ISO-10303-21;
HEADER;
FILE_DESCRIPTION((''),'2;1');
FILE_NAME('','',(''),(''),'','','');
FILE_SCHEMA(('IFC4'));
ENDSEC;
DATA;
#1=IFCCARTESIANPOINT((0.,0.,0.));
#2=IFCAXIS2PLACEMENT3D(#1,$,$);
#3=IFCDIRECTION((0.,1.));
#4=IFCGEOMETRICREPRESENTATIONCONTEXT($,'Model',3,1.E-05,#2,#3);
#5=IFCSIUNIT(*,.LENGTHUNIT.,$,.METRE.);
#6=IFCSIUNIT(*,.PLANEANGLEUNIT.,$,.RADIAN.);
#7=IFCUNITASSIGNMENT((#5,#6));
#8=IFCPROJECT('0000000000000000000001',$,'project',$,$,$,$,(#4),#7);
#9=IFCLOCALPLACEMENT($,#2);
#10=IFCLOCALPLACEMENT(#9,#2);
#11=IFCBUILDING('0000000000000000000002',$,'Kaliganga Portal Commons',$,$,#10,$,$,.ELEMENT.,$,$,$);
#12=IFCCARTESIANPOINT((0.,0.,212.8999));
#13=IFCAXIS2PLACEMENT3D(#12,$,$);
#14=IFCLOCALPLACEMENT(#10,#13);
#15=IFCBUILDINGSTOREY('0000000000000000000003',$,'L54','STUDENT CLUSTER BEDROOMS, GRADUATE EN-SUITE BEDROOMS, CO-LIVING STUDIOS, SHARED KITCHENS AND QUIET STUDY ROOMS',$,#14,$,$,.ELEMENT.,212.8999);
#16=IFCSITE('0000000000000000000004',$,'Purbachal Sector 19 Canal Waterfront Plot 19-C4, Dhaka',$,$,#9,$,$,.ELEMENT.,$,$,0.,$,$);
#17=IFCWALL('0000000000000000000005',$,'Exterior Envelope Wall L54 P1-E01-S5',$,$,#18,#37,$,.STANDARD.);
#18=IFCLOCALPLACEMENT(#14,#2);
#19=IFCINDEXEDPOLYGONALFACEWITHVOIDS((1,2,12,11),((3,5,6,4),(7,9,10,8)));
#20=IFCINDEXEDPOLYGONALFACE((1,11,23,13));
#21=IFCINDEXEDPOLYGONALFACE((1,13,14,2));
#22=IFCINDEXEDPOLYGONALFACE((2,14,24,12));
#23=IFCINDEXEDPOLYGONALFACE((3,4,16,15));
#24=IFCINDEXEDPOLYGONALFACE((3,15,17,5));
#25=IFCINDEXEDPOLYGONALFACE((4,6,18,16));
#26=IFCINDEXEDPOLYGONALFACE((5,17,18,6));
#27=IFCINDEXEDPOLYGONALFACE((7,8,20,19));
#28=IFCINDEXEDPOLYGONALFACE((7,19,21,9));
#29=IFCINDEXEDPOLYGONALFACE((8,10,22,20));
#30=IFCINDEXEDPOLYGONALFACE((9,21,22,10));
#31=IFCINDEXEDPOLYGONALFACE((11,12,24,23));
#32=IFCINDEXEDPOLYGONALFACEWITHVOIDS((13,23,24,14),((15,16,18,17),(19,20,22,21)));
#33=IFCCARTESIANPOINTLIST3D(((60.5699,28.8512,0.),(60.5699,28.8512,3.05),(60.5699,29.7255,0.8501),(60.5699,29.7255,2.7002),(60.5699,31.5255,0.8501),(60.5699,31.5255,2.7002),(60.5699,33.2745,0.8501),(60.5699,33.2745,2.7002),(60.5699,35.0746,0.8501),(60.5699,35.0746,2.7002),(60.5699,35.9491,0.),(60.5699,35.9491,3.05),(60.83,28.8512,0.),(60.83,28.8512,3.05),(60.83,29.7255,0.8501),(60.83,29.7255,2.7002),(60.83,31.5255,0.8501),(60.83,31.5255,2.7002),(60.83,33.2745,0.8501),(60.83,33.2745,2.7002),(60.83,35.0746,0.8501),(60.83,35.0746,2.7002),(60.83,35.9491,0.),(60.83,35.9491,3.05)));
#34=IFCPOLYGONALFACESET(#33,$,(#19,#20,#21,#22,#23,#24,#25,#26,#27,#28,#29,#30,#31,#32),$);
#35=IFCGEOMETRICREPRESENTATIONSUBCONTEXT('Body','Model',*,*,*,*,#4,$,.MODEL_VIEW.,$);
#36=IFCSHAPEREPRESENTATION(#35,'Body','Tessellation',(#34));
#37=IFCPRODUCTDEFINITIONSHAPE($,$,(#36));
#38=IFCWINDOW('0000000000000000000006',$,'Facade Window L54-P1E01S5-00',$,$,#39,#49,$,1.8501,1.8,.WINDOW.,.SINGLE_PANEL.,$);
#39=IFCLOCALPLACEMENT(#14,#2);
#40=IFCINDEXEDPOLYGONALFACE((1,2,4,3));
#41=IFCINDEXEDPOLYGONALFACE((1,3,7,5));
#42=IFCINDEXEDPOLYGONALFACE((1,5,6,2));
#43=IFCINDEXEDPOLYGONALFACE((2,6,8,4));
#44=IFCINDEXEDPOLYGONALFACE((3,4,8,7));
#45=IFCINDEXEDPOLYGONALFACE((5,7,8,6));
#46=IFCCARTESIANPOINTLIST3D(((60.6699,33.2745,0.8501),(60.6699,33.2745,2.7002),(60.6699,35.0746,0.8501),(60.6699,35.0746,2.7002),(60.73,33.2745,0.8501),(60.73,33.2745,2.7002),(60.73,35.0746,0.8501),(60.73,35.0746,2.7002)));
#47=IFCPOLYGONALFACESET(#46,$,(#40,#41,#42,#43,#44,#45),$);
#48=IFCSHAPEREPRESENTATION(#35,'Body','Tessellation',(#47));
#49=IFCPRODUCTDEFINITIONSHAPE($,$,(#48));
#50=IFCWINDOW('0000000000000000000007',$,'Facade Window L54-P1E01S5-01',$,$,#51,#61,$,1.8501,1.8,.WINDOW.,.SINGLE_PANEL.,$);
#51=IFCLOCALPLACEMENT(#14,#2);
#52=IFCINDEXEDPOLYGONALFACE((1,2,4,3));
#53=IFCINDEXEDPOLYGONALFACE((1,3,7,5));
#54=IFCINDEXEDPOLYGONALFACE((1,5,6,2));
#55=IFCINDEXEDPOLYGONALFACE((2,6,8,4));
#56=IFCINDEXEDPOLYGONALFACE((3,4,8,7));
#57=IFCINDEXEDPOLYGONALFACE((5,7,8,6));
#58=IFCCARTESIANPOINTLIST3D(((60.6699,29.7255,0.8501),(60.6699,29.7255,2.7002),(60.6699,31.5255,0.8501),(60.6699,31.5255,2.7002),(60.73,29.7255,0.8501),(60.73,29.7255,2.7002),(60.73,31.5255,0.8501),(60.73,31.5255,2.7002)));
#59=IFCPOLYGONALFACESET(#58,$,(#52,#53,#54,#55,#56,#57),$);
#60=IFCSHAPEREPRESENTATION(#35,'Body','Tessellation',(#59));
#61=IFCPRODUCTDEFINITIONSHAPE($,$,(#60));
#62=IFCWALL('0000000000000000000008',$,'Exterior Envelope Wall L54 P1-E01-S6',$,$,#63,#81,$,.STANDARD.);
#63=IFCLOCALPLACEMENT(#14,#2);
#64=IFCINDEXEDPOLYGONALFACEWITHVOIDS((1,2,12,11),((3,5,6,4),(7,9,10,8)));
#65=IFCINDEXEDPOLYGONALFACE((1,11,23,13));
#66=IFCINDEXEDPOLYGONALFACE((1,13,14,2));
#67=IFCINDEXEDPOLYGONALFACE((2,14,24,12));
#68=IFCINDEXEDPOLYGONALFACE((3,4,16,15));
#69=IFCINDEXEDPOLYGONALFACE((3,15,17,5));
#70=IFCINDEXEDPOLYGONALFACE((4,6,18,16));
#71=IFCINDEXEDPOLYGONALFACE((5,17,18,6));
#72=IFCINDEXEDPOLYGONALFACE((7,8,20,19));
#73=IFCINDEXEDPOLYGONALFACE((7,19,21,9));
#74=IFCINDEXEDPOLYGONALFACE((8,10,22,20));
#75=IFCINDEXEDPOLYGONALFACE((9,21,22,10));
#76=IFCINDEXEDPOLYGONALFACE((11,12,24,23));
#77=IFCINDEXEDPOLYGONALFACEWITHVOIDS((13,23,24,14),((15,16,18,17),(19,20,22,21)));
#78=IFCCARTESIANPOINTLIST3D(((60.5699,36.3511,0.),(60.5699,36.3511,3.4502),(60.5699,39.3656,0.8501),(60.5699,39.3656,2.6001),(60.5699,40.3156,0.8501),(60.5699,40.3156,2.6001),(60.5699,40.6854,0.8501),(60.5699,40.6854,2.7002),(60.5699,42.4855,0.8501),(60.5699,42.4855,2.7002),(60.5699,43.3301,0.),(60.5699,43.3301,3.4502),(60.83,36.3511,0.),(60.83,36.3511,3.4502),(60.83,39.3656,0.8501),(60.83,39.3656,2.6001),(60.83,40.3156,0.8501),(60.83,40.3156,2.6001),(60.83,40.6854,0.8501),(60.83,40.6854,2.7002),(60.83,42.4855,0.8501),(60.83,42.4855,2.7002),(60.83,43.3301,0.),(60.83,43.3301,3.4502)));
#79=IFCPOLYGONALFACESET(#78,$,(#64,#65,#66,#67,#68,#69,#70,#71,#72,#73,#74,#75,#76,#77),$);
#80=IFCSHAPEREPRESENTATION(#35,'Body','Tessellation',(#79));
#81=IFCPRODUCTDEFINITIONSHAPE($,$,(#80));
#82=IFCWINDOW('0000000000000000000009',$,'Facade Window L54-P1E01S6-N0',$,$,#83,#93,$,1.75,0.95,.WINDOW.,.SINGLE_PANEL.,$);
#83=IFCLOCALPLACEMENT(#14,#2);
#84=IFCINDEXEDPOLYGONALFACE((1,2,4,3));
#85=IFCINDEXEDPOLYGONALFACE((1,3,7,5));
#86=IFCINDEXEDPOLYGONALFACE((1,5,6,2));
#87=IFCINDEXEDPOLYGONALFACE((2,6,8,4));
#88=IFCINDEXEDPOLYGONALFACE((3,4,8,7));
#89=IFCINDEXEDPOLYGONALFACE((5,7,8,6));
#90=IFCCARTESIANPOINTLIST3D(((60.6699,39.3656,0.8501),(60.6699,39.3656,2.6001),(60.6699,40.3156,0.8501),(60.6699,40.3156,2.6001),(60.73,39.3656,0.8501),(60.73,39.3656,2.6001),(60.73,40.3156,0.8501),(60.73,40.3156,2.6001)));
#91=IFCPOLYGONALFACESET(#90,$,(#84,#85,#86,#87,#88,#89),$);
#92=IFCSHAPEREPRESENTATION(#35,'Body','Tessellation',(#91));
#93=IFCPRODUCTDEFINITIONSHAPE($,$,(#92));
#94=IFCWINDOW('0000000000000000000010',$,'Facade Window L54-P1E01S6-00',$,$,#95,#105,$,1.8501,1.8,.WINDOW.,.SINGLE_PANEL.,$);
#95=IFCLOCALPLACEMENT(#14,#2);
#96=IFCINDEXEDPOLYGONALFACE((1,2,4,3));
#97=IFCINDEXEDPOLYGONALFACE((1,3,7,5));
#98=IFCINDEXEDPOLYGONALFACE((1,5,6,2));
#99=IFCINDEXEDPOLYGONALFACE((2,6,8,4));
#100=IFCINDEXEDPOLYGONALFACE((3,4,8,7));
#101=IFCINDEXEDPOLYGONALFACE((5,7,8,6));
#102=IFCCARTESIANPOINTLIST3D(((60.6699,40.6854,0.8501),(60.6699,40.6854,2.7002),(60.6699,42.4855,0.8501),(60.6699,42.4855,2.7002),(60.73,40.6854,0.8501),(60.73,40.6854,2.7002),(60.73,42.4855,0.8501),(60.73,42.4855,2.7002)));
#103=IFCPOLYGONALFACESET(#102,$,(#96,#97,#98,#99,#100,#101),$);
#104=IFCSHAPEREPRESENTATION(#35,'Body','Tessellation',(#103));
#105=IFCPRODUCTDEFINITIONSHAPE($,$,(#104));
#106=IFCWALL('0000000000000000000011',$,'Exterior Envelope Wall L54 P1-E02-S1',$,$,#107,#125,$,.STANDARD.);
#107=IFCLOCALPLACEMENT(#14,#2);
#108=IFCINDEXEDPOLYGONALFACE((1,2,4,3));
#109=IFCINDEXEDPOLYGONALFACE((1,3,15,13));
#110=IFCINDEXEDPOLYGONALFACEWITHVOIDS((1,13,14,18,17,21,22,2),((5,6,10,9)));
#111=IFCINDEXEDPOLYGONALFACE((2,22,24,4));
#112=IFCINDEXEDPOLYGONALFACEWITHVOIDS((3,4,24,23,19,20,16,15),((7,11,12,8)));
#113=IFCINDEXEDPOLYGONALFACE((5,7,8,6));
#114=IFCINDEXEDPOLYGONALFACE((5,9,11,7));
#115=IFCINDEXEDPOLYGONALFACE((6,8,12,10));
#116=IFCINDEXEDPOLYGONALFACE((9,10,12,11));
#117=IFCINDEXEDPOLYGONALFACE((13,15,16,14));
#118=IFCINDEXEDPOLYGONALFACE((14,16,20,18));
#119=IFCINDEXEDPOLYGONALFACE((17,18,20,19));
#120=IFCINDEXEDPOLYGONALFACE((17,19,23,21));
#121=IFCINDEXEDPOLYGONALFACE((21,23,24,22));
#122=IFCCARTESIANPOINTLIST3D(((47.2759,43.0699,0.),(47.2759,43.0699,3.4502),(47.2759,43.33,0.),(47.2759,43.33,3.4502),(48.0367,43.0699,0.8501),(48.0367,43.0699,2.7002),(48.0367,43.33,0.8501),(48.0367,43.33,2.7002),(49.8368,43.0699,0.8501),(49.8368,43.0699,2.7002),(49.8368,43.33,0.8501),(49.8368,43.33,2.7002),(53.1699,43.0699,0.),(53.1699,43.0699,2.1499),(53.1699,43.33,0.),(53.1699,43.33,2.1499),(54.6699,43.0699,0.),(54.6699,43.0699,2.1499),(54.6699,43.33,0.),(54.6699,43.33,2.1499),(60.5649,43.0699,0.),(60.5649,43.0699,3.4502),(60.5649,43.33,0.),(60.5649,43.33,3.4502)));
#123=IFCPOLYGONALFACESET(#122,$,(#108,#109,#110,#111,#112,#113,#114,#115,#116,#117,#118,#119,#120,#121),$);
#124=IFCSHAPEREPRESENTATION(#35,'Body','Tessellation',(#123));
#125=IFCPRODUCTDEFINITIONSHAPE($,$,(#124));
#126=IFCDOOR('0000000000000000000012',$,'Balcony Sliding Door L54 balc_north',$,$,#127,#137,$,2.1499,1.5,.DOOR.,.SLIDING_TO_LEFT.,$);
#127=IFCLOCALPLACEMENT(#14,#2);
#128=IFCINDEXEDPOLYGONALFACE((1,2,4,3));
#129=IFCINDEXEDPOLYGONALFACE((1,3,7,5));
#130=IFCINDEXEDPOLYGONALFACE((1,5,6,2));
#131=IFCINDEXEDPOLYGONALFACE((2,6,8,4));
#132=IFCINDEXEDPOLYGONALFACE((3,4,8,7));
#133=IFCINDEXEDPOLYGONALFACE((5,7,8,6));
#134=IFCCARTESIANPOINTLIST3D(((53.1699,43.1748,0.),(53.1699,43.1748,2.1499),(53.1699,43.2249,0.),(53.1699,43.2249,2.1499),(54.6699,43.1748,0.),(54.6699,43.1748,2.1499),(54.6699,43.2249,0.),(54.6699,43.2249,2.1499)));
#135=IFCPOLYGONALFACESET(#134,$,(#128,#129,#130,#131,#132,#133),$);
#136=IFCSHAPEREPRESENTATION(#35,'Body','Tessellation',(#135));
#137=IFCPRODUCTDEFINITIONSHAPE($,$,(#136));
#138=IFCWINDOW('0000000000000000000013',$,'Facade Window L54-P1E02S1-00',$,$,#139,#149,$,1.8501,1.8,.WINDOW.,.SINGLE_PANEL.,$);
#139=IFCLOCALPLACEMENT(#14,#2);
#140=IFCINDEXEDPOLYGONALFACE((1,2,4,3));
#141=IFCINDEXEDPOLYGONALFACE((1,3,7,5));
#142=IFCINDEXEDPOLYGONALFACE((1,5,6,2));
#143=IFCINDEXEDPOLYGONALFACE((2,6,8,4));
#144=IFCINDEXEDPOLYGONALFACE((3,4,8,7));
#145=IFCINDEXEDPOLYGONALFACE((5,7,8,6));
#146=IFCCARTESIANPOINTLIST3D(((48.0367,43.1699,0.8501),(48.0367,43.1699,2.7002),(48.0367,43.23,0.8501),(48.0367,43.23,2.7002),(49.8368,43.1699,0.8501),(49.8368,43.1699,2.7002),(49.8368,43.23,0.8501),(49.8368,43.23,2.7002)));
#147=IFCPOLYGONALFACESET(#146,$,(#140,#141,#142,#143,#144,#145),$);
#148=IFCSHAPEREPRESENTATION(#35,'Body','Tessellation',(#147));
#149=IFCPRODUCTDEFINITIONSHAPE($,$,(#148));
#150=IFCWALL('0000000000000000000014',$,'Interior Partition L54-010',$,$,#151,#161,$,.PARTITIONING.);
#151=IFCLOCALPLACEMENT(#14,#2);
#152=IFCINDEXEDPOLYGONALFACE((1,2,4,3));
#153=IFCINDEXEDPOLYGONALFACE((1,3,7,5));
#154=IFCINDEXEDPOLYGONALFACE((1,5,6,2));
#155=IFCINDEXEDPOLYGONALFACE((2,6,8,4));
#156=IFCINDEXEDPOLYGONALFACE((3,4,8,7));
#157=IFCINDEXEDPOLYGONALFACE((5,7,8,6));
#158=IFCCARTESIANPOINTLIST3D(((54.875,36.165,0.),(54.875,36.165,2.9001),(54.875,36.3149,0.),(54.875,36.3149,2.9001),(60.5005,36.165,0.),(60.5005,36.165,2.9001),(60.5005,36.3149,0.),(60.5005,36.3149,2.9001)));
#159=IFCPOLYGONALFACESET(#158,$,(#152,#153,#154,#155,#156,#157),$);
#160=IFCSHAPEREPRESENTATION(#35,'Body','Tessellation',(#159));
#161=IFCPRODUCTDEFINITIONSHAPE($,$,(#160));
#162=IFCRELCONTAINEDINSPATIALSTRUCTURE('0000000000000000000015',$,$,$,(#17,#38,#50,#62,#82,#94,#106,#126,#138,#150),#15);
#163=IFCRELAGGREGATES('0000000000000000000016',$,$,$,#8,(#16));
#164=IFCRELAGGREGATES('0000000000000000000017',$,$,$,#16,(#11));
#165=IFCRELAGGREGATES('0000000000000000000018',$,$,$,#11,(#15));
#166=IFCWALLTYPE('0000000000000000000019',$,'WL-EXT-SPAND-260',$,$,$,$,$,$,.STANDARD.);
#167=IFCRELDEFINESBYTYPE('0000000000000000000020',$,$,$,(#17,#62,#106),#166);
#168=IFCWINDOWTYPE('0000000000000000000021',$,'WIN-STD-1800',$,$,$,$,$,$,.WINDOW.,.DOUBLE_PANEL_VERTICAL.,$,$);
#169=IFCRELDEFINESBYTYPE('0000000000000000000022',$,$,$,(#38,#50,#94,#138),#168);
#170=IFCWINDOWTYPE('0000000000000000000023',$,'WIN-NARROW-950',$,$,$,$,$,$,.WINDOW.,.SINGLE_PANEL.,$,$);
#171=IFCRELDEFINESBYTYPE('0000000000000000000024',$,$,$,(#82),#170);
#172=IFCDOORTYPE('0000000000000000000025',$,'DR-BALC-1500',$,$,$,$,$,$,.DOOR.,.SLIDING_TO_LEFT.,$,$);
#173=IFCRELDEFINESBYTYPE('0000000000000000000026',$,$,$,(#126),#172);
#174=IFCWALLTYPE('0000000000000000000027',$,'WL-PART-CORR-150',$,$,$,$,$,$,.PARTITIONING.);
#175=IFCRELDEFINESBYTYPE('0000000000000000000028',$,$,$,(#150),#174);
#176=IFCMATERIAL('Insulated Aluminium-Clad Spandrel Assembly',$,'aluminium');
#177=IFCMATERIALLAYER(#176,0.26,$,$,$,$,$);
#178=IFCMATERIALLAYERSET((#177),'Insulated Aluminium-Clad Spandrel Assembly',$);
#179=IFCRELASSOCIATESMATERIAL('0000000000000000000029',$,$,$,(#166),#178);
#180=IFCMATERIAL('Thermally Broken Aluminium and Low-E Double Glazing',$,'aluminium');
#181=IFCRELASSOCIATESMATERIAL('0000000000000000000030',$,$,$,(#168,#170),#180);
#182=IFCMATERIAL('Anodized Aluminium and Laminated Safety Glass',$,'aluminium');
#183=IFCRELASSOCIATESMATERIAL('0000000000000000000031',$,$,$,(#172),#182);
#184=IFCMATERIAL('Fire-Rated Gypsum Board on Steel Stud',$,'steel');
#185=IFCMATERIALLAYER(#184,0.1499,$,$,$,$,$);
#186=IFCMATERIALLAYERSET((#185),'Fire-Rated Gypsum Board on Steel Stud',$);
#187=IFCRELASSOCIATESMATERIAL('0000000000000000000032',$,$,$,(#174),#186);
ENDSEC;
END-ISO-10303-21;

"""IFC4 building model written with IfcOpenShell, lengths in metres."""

from ifc_helpers import new_model, si_unit, direction, frame, frame_2d, origin, place, context, subcontext, project, spatial, rectangle, extrude, material, layer, layer_set, type_object, element, fill, save


model = new_model("IFC4")

# Units and contexts
model_context = context("Model", 3, precision=1e-05, world=origin(), true_north=direction((0.0, 1.0)))
body_context = subcontext(model_context, "Body", "Model", "MODEL_VIEW")
ifc_project = project(units=[si_unit("LENGTHUNIT", "METRE"), si_unit("PLANEANGLEUNIT", "RADIAN")], contexts=[model_context])

# Site, building, storey
site_placement = place(None, origin())
site = spatial("IfcSite", under=ifc_project, at=site_placement, Name="Purbachal Sector 19 Canal Waterfront Plot 19-C4, Dhaka", CompositionType="ELEMENT", RefElevation=0.0)
building_placement = place(site_placement, origin())
building = spatial("IfcBuilding", under=site, at=building_placement, Name="Kaliganga Portal Commons", CompositionType="ELEMENT")
storey_placement = place(building_placement, frame((0.0, 0.0, 212.8999)))
storey = spatial("IfcBuildingStorey", under=building, at=storey_placement, Name="L54", Description="STUDENT CLUSTER BEDROOMS, GRADUATE EN-SUITE BEDROOMS, CO-LIVING STUDIOS, SHARED KITCHENS AND QUIET STUDY ROOMS", CompositionType="ELEMENT", Elevation=212.8999)

# Walls, openings, windows
ifc_material_1 = material(Name="Insulated Aluminium-Clad Spandrel Assembly", Category="aluminium")
ifc_layer_1 = layer(ifc_material_1, 0.26)
ifc_layer_set_1 = layer_set([ifc_layer_1], Name="Insulated Aluminium-Clad Spandrel Assembly")
wall_type_1 = type_object("IfcWallType", Name="WL-EXT-SPAND-260", PredefinedType="STANDARD", material=ifc_layer_set_1)
wall_1_placement = place(storey_placement, frame((60.7, 35.949, 0.0), z_axis=(0.0, 0.0, 1.0), x_axis=(0.0, -1.0, 0.0)))
wall_1 = element("IfcWall", 1, at=wall_1_placement, inside=storey, type_object=wall_type_1, Name="Exterior Envelope Wall L54 P1-E01-S5", PredefinedType="STANDARD", context=body_context, shape_type="SweptSolid", body=[
    extrude(rectangle(XDim=7.0979, YDim=0.26, at=frame_2d((3.5488, 0.0))), origin(), (0.0, 0.0, 1.0), 3.05),
])
opening_1_placement = place(wall_1_placement, frame((0.8745, 0.0, 0.8501)))
opening_1 = element("IfcOpeningElement", 2, at=opening_1_placement, cuts=wall_1, PredefinedType="OPENING", context=body_context, shape_type="SweptSolid", body=[
    extrude(rectangle(XDim=1.8, YDim=1.8501, at=frame_2d((0.8999, 0.925))), frame((0.0, 0.1401, 0.0), z_axis=(0.0, -1.0, 0.0), x_axis=(1.0, 0.0, 0.0)), (0.0, 0.0, 1.0), 0.28),
])
opening_2_placement = place(wall_1_placement, frame((4.4236, 0.0, 0.8501)))
opening_2 = element("IfcOpeningElement", 3, at=opening_2_placement, cuts=wall_1, PredefinedType="OPENING", context=body_context, shape_type="SweptSolid", body=[
    extrude(rectangle(XDim=1.8, YDim=1.8501, at=frame_2d((0.8999, 0.925))), frame((0.0, 0.1401, 0.0), z_axis=(0.0, -1.0, 0.0), x_axis=(1.0, 0.0, 0.0)), (0.0, 0.0, 1.0), 0.28),
])
ifc_material_2 = material(Name="Thermally Broken Aluminium and Low-E Double Glazing", Category="aluminium")
window_type_1 = type_object("IfcWindowType", Name="WIN-STD-1800", PartitioningType="DOUBLE_PANEL_VERTICAL", PredefinedType="WINDOW", material=ifc_material_2)
window_1_placement = place(opening_1_placement, origin())
window_1 = element("IfcWindow", 4, at=window_1_placement, inside=storey, type_object=window_type_1, Name="Facade Window L54-P1E01S5-00", OverallHeight=1.8501, OverallWidth=1.8, PartitioningType="SINGLE_PANEL", PredefinedType="WINDOW", context=body_context, shape_type="SweptSolid", body=[
    extrude(rectangle(XDim=1.8, YDim=1.8501, at=frame_2d((0.8999, 0.925))), frame((0.0, 0.03, 0.0), z_axis=(0.0, -1.0, 0.0), x_axis=(1.0, 0.0, 0.0)), (0.0, 0.0, 1.0), 0.0601),
])
fill(opening_1, window_1)
window_2_placement = place(opening_2_placement, origin())
window_2 = element("IfcWindow", 5, at=window_2_placement, inside=storey, type_object=window_type_1, Name="Facade Window L54-P1E01S5-01", OverallHeight=1.8501, OverallWidth=1.8, PartitioningType="SINGLE_PANEL", PredefinedType="WINDOW", context=body_context, shape_type="SweptSolid", body=[
    extrude(rectangle(XDim=1.8, YDim=1.8501, at=frame_2d((0.8999, 0.925))), frame((0.0, 0.03, 0.0), z_axis=(0.0, -1.0, 0.0), x_axis=(1.0, 0.0, 0.0)), (0.0, 0.0, 1.0), 0.0601),
])
fill(opening_2, window_2)
wall_2_placement = place(storey_placement, frame((60.7, 43.3301, 0.0), z_axis=(0.0, 0.0, 1.0), x_axis=(0.0, -1.0, 0.0)))
wall_2 = element("IfcWall", 6, at=wall_2_placement, inside=storey, type_object=wall_type_1, Name="Exterior Envelope Wall L54 P1-E01-S6", PredefinedType="STANDARD", context=body_context, shape_type="SweptSolid", body=[
    extrude(rectangle(XDim=6.979, YDim=0.26, at=frame_2d((3.4895, 0.0))), origin(), (0.0, 0.0, 1.0), 3.4502),
])
opening_3_placement = place(wall_2_placement, frame((0.8447, 0.0, 0.8501)))
opening_3 = element("IfcOpeningElement", 7, at=opening_3_placement, cuts=wall_2, PredefinedType="OPENING", context=body_context, shape_type="SweptSolid", body=[
    extrude(rectangle(XDim=1.8, YDim=1.8501, at=frame_2d((0.8999, 0.925))), frame((0.0, 0.1401, 0.0), z_axis=(0.0, -1.0, 0.0), x_axis=(1.0, 0.0, 0.0)), (0.0, 0.0, 1.0), 0.28),
])
opening_4_placement = place(wall_2_placement, frame((3.0144, 0.0, 0.8501)))
opening_4 = element("IfcOpeningElement", 8, at=opening_4_placement, cuts=wall_2, PredefinedType="OPENING", context=body_context, shape_type="SweptSolid", body=[
    extrude(rectangle(XDim=0.95, YDim=1.75, at=frame_2d((0.4751, 0.875))), frame((0.0, 0.1401, 0.0), z_axis=(0.0, -1.0, 0.0), x_axis=(1.0, 0.0, 0.0)), (0.0, 0.0, 1.0), 0.28),
])
window_type_2 = type_object("IfcWindowType", Name="WIN-NARROW-950", PartitioningType="SINGLE_PANEL", PredefinedType="WINDOW", material=ifc_material_2)
window_3_placement = place(opening_4_placement, origin())
window_3 = element("IfcWindow", 9, at=window_3_placement, inside=storey, type_object=window_type_2, Name="Facade Window L54-P1E01S6-N0", OverallHeight=1.75, OverallWidth=0.95, PartitioningType="SINGLE_PANEL", PredefinedType="WINDOW", context=body_context, shape_type="SweptSolid", body=[
    extrude(rectangle(XDim=0.95, YDim=1.75, at=frame_2d((0.4751, 0.875))), frame((0.0, 0.03, 0.0), z_axis=(0.0, -1.0, 0.0), x_axis=(1.0, 0.0, 0.0)), (0.0, 0.0, 1.0), 0.0601),
])
fill(opening_4, window_3)
window_4_placement = place(opening_3_placement, origin())
window_4 = element("IfcWindow", 10, at=window_4_placement, inside=storey, type_object=window_type_1, Name="Facade Window L54-P1E01S6-00", OverallHeight=1.8501, OverallWidth=1.8, PartitioningType="SINGLE_PANEL", PredefinedType="WINDOW", context=body_context, shape_type="SweptSolid", body=[
    extrude(rectangle(XDim=1.8, YDim=1.8501, at=frame_2d((0.8999, 0.925))), frame((0.0, 0.03, 0.0), z_axis=(0.0, -1.0, 0.0), x_axis=(1.0, 0.0, 0.0)), (0.0, 0.0, 1.0), 0.0601),
])
fill(opening_3, window_4)

# Wall, openings, door, window
wall_3_placement = place(storey_placement, frame((47.2759, 43.2, 0.0), z_axis=(0.0, 0.0, 1.0), x_axis=(1.0, 0.0, 0.0)))
wall_3 = element("IfcWall", 11, at=wall_3_placement, inside=storey, type_object=wall_type_1, Name="Exterior Envelope Wall L54 P1-E02-S1", PredefinedType="STANDARD", context=body_context, shape_type="SweptSolid", body=[
    extrude(rectangle(XDim=13.2891, YDim=0.26, at=frame_2d((6.6445, 0.0))), origin(), (0.0, 0.0, 1.0), 3.4502),
])
opening_5_placement = place(wall_3_placement, frame((5.894, 0.0, 0.0)))
opening_5 = element("IfcOpeningElement", 12, at=opening_5_placement, cuts=wall_3, PredefinedType="OPENING", context=body_context, shape_type="SweptSolid", body=[
    extrude(rectangle(XDim=1.5, YDim=2.1499, at=frame_2d((0.75, 1.075))), frame((0.0, 0.1401, 0.0), z_axis=(0.0, -1.0, 0.0), x_axis=(1.0, 0.0, 0.0)), (0.0, 0.0, 1.0), 0.28),
])
opening_6_placement = place(wall_3_placement, frame((0.761, 0.0, 0.8501)))
opening_6 = element("IfcOpeningElement", 13, at=opening_6_placement, cuts=wall_3, PredefinedType="OPENING", context=body_context, shape_type="SweptSolid", body=[
    extrude(rectangle(XDim=1.8, YDim=1.8501, at=frame_2d((0.8999, 0.925))), frame((0.0, 0.1401, 0.0), z_axis=(0.0, -1.0, 0.0), x_axis=(1.0, 0.0, 0.0)), (0.0, 0.0, 1.0), 0.28),
])
ifc_material_3 = material(Name="Anodized Aluminium and Laminated Safety Glass", Category="aluminium")
door_type_1 = type_object("IfcDoorType", Name="DR-BALC-1500", OperationType="SLIDING_TO_LEFT", PredefinedType="DOOR", material=ifc_material_3)
door_1_placement = place(opening_5_placement, origin())
door_1 = element("IfcDoor", 14, at=door_1_placement, inside=storey, type_object=door_type_1, Name="Balcony Sliding Door L54 balc_north", OperationType="SLIDING_TO_LEFT", OverallHeight=2.1499, OverallWidth=1.5, PredefinedType="DOOR", context=body_context, shape_type="SweptSolid", body=[
    extrude(rectangle(XDim=1.5, YDim=2.1499, at=frame_2d((0.75, 1.075))), frame((0.0, 0.0249, 0.0), z_axis=(0.0, -1.0, 0.0), x_axis=(1.0, 0.0, 0.0)), (0.0, 0.0, 1.0), 0.05),
])
fill(opening_5, door_1)
window_5_placement = place(opening_6_placement, origin())
window_5 = element("IfcWindow", 15, at=window_5_placement, inside=storey, type_object=window_type_1, Name="Facade Window L54-P1E02S1-00", OverallHeight=1.8501, OverallWidth=1.8, PartitioningType="SINGLE_PANEL", PredefinedType="WINDOW", context=body_context, shape_type="SweptSolid", body=[
    extrude(rectangle(XDim=1.8, YDim=1.8501, at=frame_2d((0.8999, 0.925))), frame((0.0, 0.03, 0.0), z_axis=(0.0, -1.0, 0.0), x_axis=(1.0, 0.0, 0.0)), (0.0, 0.0, 1.0), 0.0601),
])
fill(opening_6, window_5)

# Shared definitions
ifc_material_4 = material(Name="Fire-Rated Gypsum Board on Steel Stud", Category="steel")
ifc_layer_2 = layer(ifc_material_4, 0.1499)
ifc_layer_set_2 = layer_set([ifc_layer_2], Name="Fire-Rated Gypsum Board on Steel Stud")
wall_type_2 = type_object("IfcWallType", Name="WL-PART-CORR-150", PredefinedType="PARTITIONING", material=ifc_layer_set_2)

# Wall
wall_4_placement = place(storey_placement, frame((54.875, 36.24, 0.0), z_axis=(0.0, 0.0, 1.0), x_axis=(1.0, 0.0, 0.0)))
element("IfcWall", 16, at=wall_4_placement, inside=storey, type_object=wall_type_2, Name="Interior Partition L54-010", PredefinedType="PARTITIONING", context=body_context, shape_type="SweptSolid", body=[
    extrude(rectangle(XDim=5.6255, YDim=0.1499, at=frame_2d((2.8127, 0.0))), origin(), (0.0, 0.0, 1.0), 2.9001),
])

save(model, "model.ifc")
